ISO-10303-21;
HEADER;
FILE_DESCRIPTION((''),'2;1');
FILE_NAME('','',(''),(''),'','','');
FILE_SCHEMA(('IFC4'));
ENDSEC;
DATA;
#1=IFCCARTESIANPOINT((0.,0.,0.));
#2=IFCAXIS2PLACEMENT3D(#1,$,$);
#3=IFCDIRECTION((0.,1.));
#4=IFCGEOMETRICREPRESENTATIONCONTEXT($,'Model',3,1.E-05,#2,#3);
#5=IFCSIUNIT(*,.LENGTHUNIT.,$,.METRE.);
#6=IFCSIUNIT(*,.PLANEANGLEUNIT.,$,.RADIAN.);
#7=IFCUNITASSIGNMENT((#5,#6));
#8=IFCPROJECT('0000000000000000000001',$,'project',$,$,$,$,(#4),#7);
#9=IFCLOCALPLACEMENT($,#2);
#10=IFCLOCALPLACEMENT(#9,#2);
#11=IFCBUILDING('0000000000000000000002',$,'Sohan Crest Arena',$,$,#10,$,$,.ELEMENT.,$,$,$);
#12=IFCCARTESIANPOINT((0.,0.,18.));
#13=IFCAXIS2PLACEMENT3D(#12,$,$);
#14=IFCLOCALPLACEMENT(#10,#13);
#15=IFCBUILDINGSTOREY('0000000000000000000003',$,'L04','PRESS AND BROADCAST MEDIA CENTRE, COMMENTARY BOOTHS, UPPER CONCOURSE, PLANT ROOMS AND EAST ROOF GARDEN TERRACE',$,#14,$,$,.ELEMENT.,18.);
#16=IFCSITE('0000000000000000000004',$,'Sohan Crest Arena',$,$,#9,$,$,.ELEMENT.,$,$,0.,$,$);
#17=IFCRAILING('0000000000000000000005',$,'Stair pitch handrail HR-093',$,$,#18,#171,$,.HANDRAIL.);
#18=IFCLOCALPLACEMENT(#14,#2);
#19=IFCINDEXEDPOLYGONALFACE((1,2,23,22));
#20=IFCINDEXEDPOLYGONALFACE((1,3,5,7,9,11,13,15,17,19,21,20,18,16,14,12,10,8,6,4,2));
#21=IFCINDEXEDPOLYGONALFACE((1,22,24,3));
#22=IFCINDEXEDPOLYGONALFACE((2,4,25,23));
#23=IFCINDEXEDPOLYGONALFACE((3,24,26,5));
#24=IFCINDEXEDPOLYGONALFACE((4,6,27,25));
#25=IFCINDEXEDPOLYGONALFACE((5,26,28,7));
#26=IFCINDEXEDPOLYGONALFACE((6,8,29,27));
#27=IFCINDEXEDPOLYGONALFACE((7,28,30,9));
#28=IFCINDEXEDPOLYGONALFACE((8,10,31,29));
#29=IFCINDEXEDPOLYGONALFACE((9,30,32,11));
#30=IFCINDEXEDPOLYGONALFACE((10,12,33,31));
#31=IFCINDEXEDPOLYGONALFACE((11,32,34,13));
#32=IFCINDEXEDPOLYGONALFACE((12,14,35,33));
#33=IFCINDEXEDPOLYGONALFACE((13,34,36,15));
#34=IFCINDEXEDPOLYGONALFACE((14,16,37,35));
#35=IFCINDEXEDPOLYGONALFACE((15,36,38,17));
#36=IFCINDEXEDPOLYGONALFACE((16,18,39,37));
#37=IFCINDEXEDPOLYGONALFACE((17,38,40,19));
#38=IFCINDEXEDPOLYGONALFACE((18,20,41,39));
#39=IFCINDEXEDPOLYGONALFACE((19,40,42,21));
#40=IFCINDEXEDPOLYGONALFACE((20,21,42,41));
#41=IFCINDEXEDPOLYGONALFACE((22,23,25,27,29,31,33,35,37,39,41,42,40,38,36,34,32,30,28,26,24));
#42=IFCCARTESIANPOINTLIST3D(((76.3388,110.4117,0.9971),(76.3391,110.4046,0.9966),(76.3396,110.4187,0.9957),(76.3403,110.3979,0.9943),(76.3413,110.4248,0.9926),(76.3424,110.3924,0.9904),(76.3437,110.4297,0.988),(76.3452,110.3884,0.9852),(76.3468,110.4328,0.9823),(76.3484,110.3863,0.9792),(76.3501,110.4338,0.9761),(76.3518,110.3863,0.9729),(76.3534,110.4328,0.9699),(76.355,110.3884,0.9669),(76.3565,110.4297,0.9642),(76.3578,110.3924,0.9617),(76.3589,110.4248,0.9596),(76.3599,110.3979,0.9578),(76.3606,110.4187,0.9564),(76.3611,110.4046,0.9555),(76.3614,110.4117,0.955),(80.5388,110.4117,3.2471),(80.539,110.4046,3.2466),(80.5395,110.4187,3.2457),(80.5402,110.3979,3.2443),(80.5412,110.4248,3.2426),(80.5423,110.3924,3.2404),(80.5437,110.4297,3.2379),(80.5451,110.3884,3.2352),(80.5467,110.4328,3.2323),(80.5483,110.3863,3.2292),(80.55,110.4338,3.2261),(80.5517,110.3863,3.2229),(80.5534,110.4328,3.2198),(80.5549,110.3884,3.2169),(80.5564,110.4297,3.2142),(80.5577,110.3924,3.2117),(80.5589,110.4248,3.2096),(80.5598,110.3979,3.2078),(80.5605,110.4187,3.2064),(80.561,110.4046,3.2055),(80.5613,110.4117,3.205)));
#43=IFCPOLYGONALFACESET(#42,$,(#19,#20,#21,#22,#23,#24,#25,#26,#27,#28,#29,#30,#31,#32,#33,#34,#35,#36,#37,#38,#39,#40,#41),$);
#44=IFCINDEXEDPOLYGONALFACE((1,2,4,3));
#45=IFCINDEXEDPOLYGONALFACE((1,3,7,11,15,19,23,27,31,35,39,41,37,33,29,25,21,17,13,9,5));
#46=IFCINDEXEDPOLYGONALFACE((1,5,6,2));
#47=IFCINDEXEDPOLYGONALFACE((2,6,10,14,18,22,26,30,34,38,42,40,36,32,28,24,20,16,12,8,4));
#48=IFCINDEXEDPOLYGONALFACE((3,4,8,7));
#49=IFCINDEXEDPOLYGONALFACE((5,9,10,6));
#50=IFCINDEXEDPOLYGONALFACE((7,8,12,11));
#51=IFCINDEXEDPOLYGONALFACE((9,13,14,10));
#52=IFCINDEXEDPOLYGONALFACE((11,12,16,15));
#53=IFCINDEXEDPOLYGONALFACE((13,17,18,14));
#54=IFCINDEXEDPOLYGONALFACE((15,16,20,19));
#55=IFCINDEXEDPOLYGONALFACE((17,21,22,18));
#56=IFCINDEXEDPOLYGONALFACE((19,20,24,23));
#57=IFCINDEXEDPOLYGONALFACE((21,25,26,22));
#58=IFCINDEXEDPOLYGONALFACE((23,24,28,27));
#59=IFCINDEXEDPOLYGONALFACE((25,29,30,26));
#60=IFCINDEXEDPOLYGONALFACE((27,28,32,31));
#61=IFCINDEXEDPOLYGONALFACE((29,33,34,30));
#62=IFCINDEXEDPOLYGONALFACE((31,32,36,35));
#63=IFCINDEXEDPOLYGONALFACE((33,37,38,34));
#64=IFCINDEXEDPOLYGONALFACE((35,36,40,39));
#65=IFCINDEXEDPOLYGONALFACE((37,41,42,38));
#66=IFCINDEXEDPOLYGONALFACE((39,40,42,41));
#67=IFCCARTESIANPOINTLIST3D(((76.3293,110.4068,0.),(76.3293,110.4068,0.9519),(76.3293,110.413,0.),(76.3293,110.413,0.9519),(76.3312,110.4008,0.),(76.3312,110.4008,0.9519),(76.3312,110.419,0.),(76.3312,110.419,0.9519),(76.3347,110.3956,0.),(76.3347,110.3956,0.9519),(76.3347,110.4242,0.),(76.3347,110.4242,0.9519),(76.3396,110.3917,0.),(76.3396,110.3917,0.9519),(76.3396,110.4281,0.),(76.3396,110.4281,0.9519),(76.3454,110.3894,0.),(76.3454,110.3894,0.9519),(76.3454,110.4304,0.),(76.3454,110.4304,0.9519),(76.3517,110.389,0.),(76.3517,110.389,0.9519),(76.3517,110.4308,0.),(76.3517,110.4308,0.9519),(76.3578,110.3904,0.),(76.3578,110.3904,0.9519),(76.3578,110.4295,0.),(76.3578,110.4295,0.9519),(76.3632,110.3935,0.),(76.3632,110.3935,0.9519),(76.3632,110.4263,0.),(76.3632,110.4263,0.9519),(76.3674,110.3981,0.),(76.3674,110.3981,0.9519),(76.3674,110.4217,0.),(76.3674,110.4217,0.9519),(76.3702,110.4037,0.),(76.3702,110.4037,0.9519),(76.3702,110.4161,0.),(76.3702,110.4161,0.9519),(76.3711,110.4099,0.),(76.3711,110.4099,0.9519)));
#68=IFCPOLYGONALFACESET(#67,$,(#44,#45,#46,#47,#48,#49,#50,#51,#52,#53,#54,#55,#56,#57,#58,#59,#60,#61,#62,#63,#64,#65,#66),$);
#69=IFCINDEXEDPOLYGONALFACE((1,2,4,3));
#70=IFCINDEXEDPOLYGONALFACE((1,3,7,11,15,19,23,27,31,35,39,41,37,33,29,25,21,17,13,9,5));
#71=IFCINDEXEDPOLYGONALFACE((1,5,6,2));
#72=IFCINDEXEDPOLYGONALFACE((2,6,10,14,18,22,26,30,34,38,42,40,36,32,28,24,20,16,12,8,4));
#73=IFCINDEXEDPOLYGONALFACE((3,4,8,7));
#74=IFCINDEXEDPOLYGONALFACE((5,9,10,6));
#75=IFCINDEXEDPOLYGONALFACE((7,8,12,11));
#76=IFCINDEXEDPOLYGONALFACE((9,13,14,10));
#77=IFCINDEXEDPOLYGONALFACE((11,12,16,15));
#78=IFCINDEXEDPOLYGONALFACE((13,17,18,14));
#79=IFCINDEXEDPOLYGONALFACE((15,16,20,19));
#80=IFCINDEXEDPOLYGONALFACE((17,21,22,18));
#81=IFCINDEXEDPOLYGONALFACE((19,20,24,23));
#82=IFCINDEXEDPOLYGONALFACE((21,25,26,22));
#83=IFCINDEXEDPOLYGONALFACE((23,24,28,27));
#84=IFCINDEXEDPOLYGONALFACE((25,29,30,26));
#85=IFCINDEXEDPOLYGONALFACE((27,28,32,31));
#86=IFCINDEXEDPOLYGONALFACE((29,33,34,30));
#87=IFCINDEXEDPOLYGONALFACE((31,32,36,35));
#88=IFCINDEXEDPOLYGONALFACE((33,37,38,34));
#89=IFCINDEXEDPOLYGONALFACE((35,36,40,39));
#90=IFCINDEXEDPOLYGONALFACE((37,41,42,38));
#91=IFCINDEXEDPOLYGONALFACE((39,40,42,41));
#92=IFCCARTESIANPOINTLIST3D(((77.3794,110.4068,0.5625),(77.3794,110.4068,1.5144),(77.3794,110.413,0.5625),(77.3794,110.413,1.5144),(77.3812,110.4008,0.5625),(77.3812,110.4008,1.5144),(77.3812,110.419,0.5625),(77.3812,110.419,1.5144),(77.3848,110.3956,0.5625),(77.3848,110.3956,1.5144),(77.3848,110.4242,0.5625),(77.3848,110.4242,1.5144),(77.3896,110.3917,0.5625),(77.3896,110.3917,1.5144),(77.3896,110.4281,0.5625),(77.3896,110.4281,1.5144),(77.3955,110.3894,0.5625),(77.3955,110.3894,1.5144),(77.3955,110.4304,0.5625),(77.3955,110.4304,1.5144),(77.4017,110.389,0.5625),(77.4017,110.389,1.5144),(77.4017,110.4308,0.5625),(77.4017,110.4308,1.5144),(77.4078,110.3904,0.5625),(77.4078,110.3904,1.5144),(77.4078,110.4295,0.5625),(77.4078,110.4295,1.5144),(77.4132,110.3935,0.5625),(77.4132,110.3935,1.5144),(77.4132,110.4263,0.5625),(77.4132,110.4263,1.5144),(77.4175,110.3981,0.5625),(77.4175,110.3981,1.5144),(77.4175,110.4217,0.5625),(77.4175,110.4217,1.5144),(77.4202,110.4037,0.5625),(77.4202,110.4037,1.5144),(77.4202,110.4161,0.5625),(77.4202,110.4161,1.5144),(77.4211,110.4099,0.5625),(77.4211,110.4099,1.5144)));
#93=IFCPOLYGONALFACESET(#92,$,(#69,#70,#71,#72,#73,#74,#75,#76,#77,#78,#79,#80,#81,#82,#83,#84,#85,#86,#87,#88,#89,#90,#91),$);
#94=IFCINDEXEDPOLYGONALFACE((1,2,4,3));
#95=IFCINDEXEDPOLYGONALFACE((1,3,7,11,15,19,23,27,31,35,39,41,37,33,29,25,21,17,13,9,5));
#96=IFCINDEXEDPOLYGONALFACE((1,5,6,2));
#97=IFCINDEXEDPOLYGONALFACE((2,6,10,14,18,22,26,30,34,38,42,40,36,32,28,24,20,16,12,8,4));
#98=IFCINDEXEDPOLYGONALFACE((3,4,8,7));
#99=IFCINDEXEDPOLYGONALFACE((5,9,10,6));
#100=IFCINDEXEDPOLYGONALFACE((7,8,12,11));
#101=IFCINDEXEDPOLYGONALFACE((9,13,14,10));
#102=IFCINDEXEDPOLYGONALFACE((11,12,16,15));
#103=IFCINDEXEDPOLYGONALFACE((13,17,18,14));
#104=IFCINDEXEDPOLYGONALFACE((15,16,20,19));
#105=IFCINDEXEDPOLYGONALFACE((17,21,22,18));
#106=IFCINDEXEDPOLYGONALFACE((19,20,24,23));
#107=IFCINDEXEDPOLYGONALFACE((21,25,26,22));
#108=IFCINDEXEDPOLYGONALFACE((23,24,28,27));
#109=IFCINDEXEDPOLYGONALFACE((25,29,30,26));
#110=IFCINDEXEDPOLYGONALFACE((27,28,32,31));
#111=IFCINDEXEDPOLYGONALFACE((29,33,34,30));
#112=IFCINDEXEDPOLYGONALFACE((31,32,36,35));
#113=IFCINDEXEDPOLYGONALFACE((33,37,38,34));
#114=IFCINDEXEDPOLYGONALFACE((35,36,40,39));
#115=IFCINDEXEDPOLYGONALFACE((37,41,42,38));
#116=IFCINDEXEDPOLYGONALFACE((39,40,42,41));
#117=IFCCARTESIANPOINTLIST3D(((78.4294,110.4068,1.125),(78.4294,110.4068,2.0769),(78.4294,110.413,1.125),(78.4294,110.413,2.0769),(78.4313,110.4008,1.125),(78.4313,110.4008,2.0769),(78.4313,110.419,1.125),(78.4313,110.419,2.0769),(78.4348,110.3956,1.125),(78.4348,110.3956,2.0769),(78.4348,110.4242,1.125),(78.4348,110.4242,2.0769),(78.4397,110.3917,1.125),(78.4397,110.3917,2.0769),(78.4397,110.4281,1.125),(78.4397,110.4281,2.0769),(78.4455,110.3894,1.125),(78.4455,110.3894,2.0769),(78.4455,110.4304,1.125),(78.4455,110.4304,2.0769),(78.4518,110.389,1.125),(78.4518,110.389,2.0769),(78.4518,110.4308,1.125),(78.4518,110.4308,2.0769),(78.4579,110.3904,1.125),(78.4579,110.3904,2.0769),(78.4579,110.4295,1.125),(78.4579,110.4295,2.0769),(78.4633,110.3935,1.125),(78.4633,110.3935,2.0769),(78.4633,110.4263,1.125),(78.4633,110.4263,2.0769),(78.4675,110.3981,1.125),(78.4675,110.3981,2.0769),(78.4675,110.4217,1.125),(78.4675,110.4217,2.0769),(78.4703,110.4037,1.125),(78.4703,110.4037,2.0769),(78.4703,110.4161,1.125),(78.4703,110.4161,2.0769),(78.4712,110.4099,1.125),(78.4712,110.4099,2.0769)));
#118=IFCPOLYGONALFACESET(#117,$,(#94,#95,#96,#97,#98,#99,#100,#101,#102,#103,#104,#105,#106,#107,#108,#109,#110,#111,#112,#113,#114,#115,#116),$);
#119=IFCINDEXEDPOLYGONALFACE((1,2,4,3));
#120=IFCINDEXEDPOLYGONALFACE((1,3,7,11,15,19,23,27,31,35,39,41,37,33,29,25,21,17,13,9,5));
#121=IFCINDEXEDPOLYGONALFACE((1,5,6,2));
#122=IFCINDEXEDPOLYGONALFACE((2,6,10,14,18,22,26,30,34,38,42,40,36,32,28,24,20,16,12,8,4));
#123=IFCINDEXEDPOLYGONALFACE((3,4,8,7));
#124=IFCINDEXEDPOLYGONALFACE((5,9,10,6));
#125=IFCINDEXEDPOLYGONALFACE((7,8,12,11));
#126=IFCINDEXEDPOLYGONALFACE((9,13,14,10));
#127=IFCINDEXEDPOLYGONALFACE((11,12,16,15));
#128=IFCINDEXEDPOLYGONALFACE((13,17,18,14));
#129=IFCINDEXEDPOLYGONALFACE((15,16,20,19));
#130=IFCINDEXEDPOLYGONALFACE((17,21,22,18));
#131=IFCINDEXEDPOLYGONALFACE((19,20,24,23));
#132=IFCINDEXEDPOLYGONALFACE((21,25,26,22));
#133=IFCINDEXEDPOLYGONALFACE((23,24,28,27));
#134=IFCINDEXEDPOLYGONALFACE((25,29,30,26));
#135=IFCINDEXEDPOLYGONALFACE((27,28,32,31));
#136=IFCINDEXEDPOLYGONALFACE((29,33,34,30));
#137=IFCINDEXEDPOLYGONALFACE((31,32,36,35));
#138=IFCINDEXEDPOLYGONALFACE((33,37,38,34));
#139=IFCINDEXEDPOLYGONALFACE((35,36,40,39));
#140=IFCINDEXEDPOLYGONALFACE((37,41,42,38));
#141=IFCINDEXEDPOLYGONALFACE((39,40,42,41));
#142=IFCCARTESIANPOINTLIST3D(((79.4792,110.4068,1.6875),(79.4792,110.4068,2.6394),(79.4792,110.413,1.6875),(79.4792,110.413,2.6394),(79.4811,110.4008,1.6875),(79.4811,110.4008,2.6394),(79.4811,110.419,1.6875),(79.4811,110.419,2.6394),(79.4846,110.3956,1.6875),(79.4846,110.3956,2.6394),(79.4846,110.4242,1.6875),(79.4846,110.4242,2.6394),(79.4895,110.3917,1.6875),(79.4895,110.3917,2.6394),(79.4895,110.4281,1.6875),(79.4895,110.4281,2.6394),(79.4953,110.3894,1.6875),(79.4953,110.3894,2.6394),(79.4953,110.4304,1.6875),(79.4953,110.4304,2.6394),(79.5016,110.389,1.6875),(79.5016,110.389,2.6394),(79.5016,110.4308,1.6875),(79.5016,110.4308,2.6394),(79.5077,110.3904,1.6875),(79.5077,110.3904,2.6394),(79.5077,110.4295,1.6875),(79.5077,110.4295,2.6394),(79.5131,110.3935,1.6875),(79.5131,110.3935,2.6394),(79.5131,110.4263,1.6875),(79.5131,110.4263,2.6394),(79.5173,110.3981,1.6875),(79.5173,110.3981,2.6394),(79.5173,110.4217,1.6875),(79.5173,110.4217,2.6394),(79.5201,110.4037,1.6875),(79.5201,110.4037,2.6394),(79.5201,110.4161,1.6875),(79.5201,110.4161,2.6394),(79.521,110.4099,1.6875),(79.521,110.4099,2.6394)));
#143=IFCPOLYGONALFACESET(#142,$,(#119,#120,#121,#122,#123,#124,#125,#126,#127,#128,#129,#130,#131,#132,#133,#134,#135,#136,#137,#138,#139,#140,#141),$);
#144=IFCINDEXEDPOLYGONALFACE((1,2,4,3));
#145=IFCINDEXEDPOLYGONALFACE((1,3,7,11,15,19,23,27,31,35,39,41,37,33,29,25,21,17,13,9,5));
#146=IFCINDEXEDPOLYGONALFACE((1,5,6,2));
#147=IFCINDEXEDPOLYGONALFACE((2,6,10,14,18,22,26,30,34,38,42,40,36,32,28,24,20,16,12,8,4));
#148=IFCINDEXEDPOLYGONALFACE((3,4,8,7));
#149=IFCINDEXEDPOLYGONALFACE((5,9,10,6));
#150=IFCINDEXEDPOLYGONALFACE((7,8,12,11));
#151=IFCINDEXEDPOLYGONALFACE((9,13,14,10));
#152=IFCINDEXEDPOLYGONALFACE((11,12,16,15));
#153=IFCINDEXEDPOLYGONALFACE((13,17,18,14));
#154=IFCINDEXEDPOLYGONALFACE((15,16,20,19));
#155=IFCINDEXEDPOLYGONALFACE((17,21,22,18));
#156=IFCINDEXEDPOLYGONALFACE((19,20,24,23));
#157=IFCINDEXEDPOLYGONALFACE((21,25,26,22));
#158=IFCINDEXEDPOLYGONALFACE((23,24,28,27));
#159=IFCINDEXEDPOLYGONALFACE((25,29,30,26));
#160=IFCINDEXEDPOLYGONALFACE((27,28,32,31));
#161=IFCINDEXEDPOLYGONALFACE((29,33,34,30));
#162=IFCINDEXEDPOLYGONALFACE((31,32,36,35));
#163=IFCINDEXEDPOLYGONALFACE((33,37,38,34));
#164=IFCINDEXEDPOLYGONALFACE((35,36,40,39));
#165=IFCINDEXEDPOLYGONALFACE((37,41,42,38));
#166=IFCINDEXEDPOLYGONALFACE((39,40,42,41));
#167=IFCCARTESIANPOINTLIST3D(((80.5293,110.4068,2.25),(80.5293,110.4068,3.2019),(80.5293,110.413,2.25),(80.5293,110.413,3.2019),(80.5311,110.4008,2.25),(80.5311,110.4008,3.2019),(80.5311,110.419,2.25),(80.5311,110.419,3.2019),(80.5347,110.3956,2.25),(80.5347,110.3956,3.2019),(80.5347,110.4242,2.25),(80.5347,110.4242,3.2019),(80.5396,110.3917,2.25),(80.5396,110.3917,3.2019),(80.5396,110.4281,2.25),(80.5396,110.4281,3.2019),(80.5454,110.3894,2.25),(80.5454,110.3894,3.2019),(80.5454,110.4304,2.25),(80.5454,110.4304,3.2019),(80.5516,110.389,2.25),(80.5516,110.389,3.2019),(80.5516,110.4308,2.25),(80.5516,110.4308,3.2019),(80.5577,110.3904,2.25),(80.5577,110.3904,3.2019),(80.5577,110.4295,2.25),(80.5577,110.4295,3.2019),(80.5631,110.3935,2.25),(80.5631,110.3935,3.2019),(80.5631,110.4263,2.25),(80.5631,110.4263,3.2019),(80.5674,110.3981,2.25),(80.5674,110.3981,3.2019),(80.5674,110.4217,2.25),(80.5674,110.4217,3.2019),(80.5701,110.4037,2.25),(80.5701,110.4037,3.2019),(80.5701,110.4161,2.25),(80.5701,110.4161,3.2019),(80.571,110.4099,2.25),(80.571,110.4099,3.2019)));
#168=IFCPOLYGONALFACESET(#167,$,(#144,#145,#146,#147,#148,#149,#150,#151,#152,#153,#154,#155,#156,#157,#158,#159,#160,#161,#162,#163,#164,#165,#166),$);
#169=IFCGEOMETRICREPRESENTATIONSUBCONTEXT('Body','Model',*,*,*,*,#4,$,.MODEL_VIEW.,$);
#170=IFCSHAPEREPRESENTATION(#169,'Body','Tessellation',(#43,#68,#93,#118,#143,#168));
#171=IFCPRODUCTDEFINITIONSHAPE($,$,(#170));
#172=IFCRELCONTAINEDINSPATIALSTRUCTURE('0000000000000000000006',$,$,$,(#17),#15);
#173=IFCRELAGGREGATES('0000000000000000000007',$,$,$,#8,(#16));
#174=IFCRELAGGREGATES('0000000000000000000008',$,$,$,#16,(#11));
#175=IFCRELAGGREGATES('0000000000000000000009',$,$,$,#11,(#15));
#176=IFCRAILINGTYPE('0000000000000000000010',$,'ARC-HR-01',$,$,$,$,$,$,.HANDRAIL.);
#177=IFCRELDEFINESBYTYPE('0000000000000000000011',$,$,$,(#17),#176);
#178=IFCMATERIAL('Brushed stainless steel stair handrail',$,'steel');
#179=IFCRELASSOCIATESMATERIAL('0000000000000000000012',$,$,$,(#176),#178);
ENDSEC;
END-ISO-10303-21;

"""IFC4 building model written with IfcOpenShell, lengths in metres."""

from ifc_helpers import new_model, si_unit, direction, frame, origin, origin_2d, place, context, subcontext, project, spatial, circle, extrude, material, type_object, element, save


model = new_model("IFC4")

# Units and contexts
model_context = context("Model", 3, precision=1e-05, world=origin(), true_north=direction((0.0, 1.0)))
body_context = subcontext(model_context, "Body", "Model", "MODEL_VIEW")
ifc_project = project(units=[si_unit("LENGTHUNIT", "METRE"), si_unit("PLANEANGLEUNIT", "RADIAN")], contexts=[model_context])

# Site, building, storey
site_placement = place(None, origin())
site = spatial("IfcSite", under=ifc_project, at=site_placement, Name="Sohan Crest Arena", CompositionType="ELEMENT", RefElevation=0.0)
building_placement = place(site_placement, origin())
building = spatial("IfcBuilding", under=site, at=building_placement, Name="Sohan Crest Arena", CompositionType="ELEMENT")
storey_placement = place(building_placement, frame((0.0, 0.0, 18.0)))
storey = spatial("IfcBuildingStorey", under=building, at=storey_placement, Name="L04", Description="PRESS AND BROADCAST MEDIA CENTRE, COMMENTARY BOOTHS, UPPER CONCOURSE, PLANT ROOMS AND EAST ROOF GARDEN TERRACE", CompositionType="ELEMENT", Elevation=18.0)

# Railing
ifc_material_1 = material(Name="Brushed stainless steel stair handrail", Category="steel")
railing_type_1 = type_object("IfcRailingType", Name="ARC-HR-01", PredefinedType="HANDRAIL", material=ifc_material_1)
for number, where, name in (
    (1, (76.3501, 110.4099, 0.0), "Stair pitch handrail HR-093"),
):
    element("IfcRailing", number, at=place(storey_placement, frame(where)), inside=storey, type_object=railing_type_1, Name=name, PredefinedType="HANDRAIL", context=body_context, shape_type="SweptSolid", body=[
        extrude(circle(Radius=0.0239, at=origin_2d()), frame((0.0, 0.0, 0.9761), z_axis=(0.881478, 0.0, 0.472226), x_axis=(0.0, 1.0, 0.0)), (0.0, 0.0, 1.0), 4.7646),
        extrude(circle(Radius=0.021, at=origin_2d()), origin(), (0.0, 0.0, 1.0), 0.9519),
        extrude(circle(Radius=0.021, at=origin_2d()), frame((1.05, 0.0, 0.5625)), (0.0, 0.0, 1.0), 0.9519),
        extrude(circle(Radius=0.021, at=origin_2d()), frame((2.1001, 0.0, 1.125)), (0.0, 0.0, 1.0), 0.9519),
        extrude(circle(Radius=0.021, at=origin_2d()), frame((3.1499, 0.0, 1.6875)), (0.0, 0.0, 1.0), 0.9519),
        extrude(circle(Radius=0.021, at=origin_2d()), frame((4.2, 0.0, 2.25)), (0.0, 0.0, 1.0), 0.9519),
    ])

save(model, "model.ifc")
